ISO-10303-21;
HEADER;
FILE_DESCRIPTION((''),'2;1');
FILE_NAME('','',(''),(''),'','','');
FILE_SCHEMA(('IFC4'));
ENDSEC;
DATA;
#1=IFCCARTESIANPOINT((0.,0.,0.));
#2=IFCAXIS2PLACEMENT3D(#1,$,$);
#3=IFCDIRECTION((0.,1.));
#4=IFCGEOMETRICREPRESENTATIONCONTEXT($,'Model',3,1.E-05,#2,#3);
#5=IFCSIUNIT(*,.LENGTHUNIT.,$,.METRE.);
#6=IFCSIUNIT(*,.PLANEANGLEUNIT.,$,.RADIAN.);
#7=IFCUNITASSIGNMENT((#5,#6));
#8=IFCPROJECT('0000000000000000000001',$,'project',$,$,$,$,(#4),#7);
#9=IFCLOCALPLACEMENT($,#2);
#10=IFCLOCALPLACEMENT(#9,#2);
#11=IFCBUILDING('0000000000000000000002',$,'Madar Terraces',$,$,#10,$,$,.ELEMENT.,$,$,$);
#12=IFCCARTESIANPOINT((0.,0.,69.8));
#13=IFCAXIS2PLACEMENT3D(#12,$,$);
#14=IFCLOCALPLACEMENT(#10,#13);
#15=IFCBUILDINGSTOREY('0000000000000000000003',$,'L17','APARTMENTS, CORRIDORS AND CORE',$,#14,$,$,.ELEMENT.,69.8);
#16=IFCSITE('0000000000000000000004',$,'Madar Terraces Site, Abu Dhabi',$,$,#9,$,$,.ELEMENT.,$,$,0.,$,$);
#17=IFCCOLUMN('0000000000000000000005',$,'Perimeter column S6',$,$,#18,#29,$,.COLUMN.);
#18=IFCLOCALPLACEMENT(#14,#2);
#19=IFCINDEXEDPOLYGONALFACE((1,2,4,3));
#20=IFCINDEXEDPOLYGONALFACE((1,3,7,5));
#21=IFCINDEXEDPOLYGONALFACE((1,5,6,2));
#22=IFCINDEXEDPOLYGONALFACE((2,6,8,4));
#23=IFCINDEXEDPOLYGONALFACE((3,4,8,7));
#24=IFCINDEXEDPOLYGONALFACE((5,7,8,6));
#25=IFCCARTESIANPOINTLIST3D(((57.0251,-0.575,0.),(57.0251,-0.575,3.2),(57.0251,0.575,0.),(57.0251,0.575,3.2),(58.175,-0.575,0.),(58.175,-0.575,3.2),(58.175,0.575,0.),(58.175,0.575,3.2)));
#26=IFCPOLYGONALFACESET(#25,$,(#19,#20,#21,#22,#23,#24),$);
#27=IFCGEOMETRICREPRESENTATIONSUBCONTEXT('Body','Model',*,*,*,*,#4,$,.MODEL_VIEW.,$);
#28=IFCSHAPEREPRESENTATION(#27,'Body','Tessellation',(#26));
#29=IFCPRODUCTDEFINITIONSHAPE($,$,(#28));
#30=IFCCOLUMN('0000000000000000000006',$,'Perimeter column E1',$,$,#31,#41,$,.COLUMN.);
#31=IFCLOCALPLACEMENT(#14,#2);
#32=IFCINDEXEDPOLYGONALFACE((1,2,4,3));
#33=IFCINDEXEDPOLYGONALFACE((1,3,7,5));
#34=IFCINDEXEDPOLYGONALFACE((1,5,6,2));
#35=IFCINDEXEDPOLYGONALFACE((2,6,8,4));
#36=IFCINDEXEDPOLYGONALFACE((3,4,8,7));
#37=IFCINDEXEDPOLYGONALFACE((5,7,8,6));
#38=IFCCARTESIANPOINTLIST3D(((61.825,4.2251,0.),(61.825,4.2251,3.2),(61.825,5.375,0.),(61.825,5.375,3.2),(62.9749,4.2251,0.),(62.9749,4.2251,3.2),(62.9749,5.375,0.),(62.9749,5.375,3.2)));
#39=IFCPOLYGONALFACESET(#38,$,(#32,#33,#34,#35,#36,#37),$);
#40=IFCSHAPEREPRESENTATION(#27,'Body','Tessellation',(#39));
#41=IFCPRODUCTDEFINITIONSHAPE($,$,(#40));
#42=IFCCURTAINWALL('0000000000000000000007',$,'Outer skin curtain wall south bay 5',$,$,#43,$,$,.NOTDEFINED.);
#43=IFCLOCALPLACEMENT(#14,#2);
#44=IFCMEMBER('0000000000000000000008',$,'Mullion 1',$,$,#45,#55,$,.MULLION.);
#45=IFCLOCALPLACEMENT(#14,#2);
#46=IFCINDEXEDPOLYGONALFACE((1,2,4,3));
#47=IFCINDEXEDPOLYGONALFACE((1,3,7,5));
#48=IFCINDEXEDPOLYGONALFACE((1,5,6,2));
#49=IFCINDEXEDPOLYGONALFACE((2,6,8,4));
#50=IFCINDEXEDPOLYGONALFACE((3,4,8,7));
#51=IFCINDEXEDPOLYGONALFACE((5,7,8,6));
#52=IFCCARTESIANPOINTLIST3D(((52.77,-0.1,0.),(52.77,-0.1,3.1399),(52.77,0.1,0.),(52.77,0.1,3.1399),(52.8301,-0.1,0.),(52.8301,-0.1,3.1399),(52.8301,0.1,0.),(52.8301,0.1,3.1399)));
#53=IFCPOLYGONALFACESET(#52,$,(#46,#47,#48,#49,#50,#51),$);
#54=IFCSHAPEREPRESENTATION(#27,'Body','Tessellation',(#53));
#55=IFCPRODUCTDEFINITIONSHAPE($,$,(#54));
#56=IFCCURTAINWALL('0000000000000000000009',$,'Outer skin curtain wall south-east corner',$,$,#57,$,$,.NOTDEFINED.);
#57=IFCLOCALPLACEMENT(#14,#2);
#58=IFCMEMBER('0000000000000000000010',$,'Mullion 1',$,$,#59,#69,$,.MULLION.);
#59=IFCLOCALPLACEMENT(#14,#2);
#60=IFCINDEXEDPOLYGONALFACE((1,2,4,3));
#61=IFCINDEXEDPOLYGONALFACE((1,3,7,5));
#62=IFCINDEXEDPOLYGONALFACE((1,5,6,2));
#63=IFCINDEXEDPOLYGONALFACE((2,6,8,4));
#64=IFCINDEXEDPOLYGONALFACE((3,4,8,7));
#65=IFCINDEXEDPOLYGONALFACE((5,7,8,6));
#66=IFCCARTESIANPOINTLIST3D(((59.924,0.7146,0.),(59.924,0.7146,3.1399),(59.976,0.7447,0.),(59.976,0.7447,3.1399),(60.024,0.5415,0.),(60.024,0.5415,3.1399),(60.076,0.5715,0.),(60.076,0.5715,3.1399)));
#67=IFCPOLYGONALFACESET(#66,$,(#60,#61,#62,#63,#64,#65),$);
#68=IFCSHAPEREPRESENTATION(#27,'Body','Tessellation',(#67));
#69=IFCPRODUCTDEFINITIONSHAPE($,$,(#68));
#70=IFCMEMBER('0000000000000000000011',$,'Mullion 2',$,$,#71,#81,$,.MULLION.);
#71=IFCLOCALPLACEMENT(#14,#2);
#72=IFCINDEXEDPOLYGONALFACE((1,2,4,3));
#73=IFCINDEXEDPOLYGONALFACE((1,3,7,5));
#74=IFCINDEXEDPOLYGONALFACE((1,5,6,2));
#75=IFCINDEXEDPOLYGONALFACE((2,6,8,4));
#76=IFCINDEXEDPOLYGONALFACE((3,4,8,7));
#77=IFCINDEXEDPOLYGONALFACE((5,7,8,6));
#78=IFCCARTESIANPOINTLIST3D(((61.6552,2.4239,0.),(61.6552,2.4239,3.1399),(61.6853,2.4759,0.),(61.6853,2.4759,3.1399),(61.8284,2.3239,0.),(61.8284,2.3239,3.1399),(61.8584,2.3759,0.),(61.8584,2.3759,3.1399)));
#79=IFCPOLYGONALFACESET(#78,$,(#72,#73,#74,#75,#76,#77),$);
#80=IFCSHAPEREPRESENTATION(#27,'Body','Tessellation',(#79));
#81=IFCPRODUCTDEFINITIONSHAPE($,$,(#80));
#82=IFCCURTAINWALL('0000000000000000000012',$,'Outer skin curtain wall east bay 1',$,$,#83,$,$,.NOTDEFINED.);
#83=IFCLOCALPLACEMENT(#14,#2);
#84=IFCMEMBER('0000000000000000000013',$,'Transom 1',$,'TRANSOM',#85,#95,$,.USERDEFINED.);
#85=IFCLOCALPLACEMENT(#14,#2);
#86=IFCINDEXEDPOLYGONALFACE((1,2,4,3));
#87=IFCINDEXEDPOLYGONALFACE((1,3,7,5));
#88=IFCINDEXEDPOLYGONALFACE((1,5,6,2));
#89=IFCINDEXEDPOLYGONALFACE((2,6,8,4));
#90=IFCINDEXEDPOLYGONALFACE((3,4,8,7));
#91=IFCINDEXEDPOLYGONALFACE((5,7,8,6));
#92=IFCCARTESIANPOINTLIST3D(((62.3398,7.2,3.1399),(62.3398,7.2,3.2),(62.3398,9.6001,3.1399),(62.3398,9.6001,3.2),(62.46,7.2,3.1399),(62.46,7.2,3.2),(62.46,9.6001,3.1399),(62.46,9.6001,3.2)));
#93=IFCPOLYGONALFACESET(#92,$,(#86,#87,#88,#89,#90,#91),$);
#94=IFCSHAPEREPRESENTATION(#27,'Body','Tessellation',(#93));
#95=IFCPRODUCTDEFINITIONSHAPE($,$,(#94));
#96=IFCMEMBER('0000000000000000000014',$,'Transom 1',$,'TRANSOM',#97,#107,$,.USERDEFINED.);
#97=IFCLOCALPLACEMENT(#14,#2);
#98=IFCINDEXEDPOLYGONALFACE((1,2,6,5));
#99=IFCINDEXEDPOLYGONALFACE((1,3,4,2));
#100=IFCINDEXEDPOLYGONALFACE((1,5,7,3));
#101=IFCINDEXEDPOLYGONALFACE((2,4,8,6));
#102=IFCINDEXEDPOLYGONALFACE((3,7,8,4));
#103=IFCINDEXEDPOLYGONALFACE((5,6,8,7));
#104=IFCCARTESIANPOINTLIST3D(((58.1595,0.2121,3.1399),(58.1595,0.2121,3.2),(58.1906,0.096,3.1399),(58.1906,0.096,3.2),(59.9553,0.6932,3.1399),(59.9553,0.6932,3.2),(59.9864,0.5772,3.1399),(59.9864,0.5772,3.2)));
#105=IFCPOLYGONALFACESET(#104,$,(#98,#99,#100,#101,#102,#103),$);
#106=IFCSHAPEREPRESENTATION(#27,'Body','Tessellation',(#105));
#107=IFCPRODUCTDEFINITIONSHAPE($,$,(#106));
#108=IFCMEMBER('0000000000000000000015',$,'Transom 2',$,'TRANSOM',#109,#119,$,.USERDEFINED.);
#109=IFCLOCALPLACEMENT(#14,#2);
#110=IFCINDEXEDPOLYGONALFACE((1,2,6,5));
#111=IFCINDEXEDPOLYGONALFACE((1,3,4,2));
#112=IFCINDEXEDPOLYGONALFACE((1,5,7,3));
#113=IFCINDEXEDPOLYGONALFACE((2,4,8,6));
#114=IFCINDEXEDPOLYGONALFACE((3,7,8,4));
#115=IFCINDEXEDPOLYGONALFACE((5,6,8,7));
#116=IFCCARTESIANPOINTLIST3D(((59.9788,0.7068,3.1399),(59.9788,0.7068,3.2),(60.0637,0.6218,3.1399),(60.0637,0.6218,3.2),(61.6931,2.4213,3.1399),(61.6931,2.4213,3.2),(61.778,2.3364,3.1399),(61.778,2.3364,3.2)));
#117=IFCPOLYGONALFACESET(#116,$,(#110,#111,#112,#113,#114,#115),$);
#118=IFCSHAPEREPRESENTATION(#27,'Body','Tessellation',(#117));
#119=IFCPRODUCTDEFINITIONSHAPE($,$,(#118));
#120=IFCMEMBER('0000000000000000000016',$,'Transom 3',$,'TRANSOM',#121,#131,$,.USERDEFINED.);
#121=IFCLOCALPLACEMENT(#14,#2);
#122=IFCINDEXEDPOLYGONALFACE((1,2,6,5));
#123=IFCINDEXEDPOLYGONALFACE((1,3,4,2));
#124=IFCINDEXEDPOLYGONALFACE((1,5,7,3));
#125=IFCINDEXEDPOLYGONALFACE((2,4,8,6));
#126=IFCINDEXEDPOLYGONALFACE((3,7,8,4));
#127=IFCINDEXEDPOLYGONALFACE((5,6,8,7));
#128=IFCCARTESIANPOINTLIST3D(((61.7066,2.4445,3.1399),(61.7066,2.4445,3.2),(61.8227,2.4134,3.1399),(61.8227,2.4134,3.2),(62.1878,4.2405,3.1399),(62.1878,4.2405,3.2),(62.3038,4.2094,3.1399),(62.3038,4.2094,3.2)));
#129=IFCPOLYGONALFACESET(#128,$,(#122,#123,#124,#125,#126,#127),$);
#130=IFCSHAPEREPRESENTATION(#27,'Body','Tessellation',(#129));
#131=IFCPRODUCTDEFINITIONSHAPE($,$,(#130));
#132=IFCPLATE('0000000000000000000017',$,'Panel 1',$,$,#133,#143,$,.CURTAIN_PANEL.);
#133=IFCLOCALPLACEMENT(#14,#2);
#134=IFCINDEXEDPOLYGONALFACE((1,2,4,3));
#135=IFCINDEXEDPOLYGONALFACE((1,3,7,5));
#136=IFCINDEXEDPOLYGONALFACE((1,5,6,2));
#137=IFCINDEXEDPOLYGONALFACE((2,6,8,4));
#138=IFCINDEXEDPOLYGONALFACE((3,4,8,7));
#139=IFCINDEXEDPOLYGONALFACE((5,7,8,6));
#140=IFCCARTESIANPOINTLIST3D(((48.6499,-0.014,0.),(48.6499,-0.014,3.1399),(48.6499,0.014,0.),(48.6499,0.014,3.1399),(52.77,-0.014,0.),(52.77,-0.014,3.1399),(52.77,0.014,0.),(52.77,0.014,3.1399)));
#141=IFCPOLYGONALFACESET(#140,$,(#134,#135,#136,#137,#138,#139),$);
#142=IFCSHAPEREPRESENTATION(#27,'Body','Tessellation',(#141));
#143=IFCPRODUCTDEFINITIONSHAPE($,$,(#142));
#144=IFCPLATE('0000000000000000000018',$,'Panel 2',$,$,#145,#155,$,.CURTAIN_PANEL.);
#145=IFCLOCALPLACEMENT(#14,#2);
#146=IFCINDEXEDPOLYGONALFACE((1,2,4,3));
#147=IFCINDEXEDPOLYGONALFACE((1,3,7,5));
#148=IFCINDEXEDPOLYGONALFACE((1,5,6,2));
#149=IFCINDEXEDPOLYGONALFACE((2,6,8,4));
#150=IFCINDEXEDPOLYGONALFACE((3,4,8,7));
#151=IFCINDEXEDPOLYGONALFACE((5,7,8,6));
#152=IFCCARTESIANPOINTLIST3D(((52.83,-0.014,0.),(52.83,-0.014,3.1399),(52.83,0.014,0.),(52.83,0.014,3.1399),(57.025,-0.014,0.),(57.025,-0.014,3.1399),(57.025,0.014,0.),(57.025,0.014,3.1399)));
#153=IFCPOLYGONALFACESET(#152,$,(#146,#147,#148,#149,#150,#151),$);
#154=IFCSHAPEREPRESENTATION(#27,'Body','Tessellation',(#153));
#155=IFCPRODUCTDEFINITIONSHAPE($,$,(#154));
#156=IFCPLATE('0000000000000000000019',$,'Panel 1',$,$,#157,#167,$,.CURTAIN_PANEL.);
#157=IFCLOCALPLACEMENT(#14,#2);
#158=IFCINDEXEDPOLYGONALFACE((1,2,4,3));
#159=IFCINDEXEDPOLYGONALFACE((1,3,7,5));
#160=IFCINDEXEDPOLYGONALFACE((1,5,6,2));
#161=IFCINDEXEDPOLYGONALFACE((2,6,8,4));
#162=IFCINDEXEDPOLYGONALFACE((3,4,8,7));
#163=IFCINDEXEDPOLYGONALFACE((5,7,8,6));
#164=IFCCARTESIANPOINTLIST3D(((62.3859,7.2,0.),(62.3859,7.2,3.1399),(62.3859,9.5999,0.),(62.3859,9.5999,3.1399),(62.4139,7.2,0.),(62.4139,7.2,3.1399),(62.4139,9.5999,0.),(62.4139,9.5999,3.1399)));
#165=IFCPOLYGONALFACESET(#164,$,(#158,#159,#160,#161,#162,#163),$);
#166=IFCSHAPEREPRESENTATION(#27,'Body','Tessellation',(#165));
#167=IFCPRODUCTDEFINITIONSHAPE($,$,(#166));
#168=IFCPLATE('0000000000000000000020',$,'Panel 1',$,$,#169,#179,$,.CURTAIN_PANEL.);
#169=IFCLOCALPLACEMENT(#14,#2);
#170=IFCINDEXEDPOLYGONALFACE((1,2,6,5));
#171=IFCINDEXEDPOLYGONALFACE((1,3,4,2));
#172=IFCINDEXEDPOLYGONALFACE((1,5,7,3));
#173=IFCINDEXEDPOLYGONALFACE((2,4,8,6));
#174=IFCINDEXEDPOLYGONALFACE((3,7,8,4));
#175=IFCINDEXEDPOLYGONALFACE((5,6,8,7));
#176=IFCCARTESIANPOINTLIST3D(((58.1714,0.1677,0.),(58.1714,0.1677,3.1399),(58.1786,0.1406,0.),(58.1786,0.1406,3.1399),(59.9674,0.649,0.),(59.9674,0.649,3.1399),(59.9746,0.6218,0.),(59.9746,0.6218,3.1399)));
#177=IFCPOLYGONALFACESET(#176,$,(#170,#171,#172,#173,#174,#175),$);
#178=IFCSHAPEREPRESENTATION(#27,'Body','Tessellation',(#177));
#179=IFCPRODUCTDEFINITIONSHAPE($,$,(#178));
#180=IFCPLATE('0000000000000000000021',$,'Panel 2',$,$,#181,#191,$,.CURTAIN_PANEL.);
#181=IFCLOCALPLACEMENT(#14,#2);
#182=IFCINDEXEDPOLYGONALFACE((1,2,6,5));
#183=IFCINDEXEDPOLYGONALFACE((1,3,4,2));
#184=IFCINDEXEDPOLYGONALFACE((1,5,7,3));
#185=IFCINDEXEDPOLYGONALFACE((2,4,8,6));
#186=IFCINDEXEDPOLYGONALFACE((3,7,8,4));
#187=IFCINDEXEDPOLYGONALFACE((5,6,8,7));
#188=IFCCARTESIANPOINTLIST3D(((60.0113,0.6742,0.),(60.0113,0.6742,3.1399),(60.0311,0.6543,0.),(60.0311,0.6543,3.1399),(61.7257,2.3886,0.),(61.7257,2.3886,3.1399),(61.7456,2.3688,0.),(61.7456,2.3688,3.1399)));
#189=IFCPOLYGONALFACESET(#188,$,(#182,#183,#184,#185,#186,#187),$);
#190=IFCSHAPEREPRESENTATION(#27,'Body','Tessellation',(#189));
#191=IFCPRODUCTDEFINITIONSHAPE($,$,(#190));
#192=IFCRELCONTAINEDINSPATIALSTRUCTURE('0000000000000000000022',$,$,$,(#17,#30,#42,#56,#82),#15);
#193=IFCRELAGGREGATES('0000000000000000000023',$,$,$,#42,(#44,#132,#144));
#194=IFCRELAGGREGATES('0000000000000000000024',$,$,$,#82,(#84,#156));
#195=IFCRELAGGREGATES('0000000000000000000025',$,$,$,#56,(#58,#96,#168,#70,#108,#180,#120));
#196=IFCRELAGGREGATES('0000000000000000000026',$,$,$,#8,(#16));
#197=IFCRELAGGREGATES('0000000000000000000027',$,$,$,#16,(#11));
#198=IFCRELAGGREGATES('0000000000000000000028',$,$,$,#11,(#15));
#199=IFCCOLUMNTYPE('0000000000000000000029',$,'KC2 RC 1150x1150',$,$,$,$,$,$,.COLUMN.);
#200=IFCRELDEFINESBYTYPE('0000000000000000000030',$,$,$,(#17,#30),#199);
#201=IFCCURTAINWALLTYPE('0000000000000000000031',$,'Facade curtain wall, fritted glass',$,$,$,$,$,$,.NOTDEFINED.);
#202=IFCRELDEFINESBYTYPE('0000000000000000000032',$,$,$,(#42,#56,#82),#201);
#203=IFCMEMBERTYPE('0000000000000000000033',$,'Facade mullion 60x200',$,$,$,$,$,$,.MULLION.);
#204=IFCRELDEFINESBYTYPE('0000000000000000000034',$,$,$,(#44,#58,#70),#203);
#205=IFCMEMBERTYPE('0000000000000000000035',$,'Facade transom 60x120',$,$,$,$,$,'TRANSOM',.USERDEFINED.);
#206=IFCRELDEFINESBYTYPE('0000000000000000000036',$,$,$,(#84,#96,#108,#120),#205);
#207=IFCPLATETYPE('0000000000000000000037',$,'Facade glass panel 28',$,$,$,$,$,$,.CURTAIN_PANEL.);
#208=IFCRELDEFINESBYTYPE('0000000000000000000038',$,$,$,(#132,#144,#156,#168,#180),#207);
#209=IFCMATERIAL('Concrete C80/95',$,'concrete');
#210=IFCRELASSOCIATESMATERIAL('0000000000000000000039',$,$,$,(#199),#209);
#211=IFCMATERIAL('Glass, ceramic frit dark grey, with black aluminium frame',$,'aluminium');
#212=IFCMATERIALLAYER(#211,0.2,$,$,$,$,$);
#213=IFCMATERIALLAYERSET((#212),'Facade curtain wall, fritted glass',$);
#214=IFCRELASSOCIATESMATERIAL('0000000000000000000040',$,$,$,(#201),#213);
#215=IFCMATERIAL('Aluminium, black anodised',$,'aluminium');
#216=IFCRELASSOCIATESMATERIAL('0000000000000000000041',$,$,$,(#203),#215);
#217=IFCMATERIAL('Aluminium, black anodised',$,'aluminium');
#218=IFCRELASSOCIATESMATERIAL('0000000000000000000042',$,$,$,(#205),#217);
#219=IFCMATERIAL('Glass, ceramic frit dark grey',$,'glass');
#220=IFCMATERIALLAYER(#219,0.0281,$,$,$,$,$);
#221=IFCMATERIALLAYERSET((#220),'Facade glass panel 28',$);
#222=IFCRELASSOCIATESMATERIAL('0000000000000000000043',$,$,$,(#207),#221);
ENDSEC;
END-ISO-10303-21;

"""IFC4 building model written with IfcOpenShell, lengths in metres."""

from ifc_helpers import new_model, si_unit, direction, frame, origin, origin_2d, place, context, subcontext, project, spatial, rectangle, extrude, material, layer, layer_set, material_profile, profile_set, type_object, element, aggregate, save


model = new_model("IFC4")

# Units and contexts
model_context = context("Model", 3, precision=1e-05, world=origin(), true_north=direction((0.0, 1.0)))
body_context = subcontext(model_context, "Body", "Model", "MODEL_VIEW")
ifc_project = project(units=[si_unit("LENGTHUNIT", "METRE"), si_unit("PLANEANGLEUNIT", "RADIAN")], contexts=[model_context])

# Site, building, storey
site_placement = place(None, origin())
site = spatial("IfcSite", under=ifc_project, at=site_placement, Name="Madar Terraces Site, Abu Dhabi", CompositionType="ELEMENT", RefElevation=0.0)
building_placement = place(site_placement, origin())
building = spatial("IfcBuilding", under=site, at=building_placement, Name="Madar Terraces", CompositionType="ELEMENT")
storey_placement = place(building_placement, frame((0.0, 0.0, 69.8)))
storey = spatial("IfcBuildingStorey", under=building, at=storey_placement, Name="L17", Description="APARTMENTS, CORRIDORS AND CORE", CompositionType="ELEMENT", Elevation=69.8)

# Columns
ifc_material_1 = material(Name="Concrete C80/95", Category="concrete")
ifc_material_profile_1 = material_profile(ifc_material_1, rectangle(XDim=1.1499, YDim=1.1499, at=origin_2d()), Name="KC2 RC 1150x1150")
ifc_profile_set_1 = profile_set([ifc_material_profile_1], Name="Concrete C80/95")
column_type = type_object("IfcColumnType", Name="KC2 RC 1150x1150", PredefinedType="COLUMN", material=ifc_profile_set_1)
for number, where, z_axis, x_axis, name in (
    (1, (57.6001, 0.0, 0.0), (0.0, 0.0, 1.0), (1.0, 0.0, 0.0), "Perimeter column S6"),
    (2, (62.3999, 4.8, 0.0), (0.0, 0.0, 1.0), (1.0, 0.0, 0.0), "Perimeter column E1"),
):
    element("IfcColumn", number, at=place(storey_placement, frame(where, z_axis=z_axis, x_axis=x_axis)), inside=storey, type_object=column_type, Name=name, PredefinedType="COLUMN", context=body_context, shape_type="SweptSolid", body=[
        extrude(rectangle(XDim=1.1499, YDim=1.1499, at=origin_2d()), origin(), (0.0, 0.0, 1.0), 3.2),
    ])

# Curtain wall, member
ifc_material_2 = material(Name="Glass, ceramic frit dark grey, with black aluminium frame", Category="aluminium")
ifc_layer_1 = layer(ifc_material_2, 0.2)
ifc_layer_set_1 = layer_set([ifc_layer_1], Name="Facade curtain wall, fritted glass")
curtain_wall_type = type_object("IfcCurtainWallType", Name="Facade curtain wall, fritted glass", PredefinedType="NOTDEFINED", material=ifc_layer_set_1)
curtain_wall_1_placement = place(storey_placement, origin())
curtain_wall_1 = element("IfcCurtainWall", 3, at=curtain_wall_1_placement, inside=storey, type_object=curtain_wall_type, Name="Outer skin curtain wall south bay 5", PredefinedType="NOTDEFINED")
ifc_material_3 = material(Name="Aluminium, black anodised", Category="aluminium")
ifc_material_profile_2 = material_profile(ifc_material_3, rectangle(XDim=0.2, YDim=0.0601, at=origin_2d()), Name="Facade mullion 60x200")
ifc_profile_set_2 = profile_set([ifc_material_profile_2], Name="Aluminium, black anodised")
member_type_1 = type_object("IfcMemberType", Name="Facade mullion 60x200", PredefinedType="MULLION", material=ifc_profile_set_2)
member_1_placement = place(storey_placement, frame((52.8, 0.0, 0.0), z_axis=(0.0, 0.0, 1.0), x_axis=(0.0, 1.0, 0.0)))
member_1 = element("IfcMember", 4, at=member_1_placement, type_object=member_type_1, Name="Mullion 1", PredefinedType="MULLION", context=body_context, shape_type="SweptSolid", body=[
    extrude(rectangle(XDim=0.2, YDim=0.0601, at=origin_2d()), origin(), (0.0, 0.0, 1.0), 3.1399),
])

# Curtain wall, members
curtain_wall_2_placement = place(storey_placement, origin())
curtain_wall_2 = element("IfcCurtainWall", 5, at=curtain_wall_2_placement, inside=storey, type_object=curtain_wall_type, Name="Outer skin curtain wall south-east corner", PredefinedType="NOTDEFINED")
member_2_placement = place(storey_placement, frame((60.0, 0.6431, 0.0), z_axis=(0.0, 0.0, 1.0), x_axis=(-0.5, 0.866025, 0.0)))
member_2 = element("IfcMember", 6, at=member_2_placement, type_object=member_type_1, Name="Mullion 1", PredefinedType="MULLION", context=body_context, shape_type="SweptSolid", body=[
    extrude(rectangle(XDim=0.2, YDim=0.0601, at=origin_2d()), origin(), (0.0, 0.0, 1.0), 3.1399),
])
member_3_placement = place(storey_placement, frame((61.7568, 2.3999, 0.0), z_axis=(0.0, 0.0, 1.0), x_axis=(-0.866025, 0.5, 0.0)))
member_3 = element("IfcMember", 7, at=member_3_placement, type_object=member_type_1, Name="Mullion 2", PredefinedType="MULLION", context=body_context, shape_type="SweptSolid", body=[
    extrude(rectangle(XDim=0.2, YDim=0.0601, at=origin_2d()), origin(), (0.0, 0.0, 1.0), 3.1399),
])

# Curtain wall, member
curtain_wall_3_placement = place(storey_placement, origin())
curtain_wall_3 = element("IfcCurtainWall", 8, at=curtain_wall_3_placement, inside=storey, type_object=curtain_wall_type, Name="Outer skin curtain wall east bay 1", PredefinedType="NOTDEFINED")
ifc_material_4 = material(Name="Aluminium, black anodised", Category="aluminium")
ifc_material_profile_3 = material_profile(ifc_material_4, rectangle(XDim=0.1201, YDim=0.0601, at=origin_2d()), Name="Facade transom 60x120")
ifc_profile_set_3 = profile_set([ifc_material_profile_3], Name="Aluminium, black anodised")
member_type_2 = type_object("IfcMemberType", Name="Facade transom 60x120", ElementType="TRANSOM", PredefinedType="USERDEFINED", material=ifc_profile_set_3)
member_4_placement = place(storey_placement, frame((62.3999, 7.2, 3.1699), z_axis=(0.0, 1.0, 0.0), x_axis=(-1.0, 0.0, 0.0)))
member_4 = element("IfcMember", 9, at=member_4_placement, type_object=member_type_2, Name="Transom 1", ObjectType="TRANSOM", PredefinedType="USERDEFINED", context=body_context, shape_type="SweptSolid", body=[
    extrude(rectangle(XDim=0.1201, YDim=0.0601, at=origin_2d()), origin(), (0.0, 0.0, 1.0), 2.4001),
])

# Members
member_5_placement = place(storey_placement, frame((58.175, 0.1541, 3.1699), z_axis=(0.965927, 0.258815, 0.0), x_axis=(-0.258815, 0.965927, 0.0)))
member_5 = element("IfcMember", 10, at=member_5_placement, type_object=member_type_2, Name="Transom 1", ObjectType="TRANSOM", PredefinedType="USERDEFINED", context=body_context, shape_type="SweptSolid", body=[
    extrude(rectangle(XDim=0.1201, YDim=0.0601, at=origin_2d()), origin(), (0.0, 0.0, 1.0), 1.8591),
])
member_6_placement = place(storey_placement, frame((60.0212, 0.6643, 3.1699), z_axis=(0.707056, 0.707157, 0.0), x_axis=(-0.707157, 0.707056, 0.0)))
member_6 = element("IfcMember", 11, at=member_6_placement, type_object=member_type_2, Name="Transom 2", ObjectType="TRANSOM", PredefinedType="USERDEFINED", context=body_context, shape_type="SweptSolid", body=[
    extrude(rectangle(XDim=0.1201, YDim=0.0601, at=origin_2d()), origin(), (0.0, 0.0, 1.0), 2.4246),
])
member_7_placement = place(storey_placement, frame((61.7646, 2.429, 3.1699), z_axis=(0.258782, 0.965936, 0.0), x_axis=(-0.965936, 0.258782, 0.0)))
member_7 = element("IfcMember", 12, at=member_7_placement, type_object=member_type_2, Name="Transom 3", ObjectType="TRANSOM", PredefinedType="USERDEFINED", context=body_context, shape_type="SweptSolid", body=[
    extrude(rectangle(XDim=0.1201, YDim=0.0601, at=origin_2d()), origin(), (0.0, 0.0, 1.0), 1.8594),
])

# Plates
ifc_material_5 = material(Name="Glass, ceramic frit dark grey", Category="glass")
ifc_layer_2 = layer(ifc_material_5, 0.0281)
ifc_layer_set_2 = layer_set([ifc_layer_2], Name="Facade glass panel 28")
plate_type = type_object("IfcPlateType", Name="Facade glass panel 28", PredefinedType="CURTAIN_PANEL", material=ifc_layer_set_2)
plate_1_placement = place(storey_placement, frame((50.71, 0.0, 0.0), z_axis=(0.0, 0.0, 1.0), x_axis=(1.0, 0.0, 0.0)))
plate_1 = element("IfcPlate", 13, at=plate_1_placement, type_object=plate_type, Name="Panel 1", PredefinedType="CURTAIN_PANEL", context=body_context, shape_type="SweptSolid", body=[
    extrude(rectangle(XDim=4.1201, YDim=0.0281, at=origin_2d()), origin(), (0.0, 0.0, 1.0), 3.1399),
])
plate_2_placement = place(storey_placement, frame((54.9275, 0.0, 0.0), z_axis=(0.0, 0.0, 1.0), x_axis=(1.0, 0.0, 0.0)))
plate_2 = element("IfcPlate", 14, at=plate_2_placement, type_object=plate_type, Name="Panel 2", PredefinedType="CURTAIN_PANEL", context=body_context, shape_type="SweptSolid", body=[
    extrude(rectangle(XDim=4.1951, YDim=0.0281, at=origin_2d()), origin(), (0.0, 0.0, 1.0), 3.1399),
])
aggregate(curtain_wall_1, [member_1, plate_1, plate_2])
plate_3_placement = place(storey_placement, frame((62.3999, 8.3999, 0.0), z_axis=(0.0, 0.0, 1.0), x_axis=(0.0, 1.0, 0.0)))
plate_3 = element("IfcPlate", 15, at=plate_3_placement, type_object=plate_type, Name="Panel 1", PredefinedType="CURTAIN_PANEL", context=body_context, shape_type="SweptSolid", body=[
    extrude(rectangle(XDim=2.3999, YDim=0.0281, at=origin_2d()), origin(), (0.0, 0.0, 1.0), 3.1399),
])
aggregate(curtain_wall_3, [member_4, plate_3])
plate_4_placement = place(storey_placement, frame((59.073, 0.3948, 0.0), z_axis=(0.0, 0.0, 1.0), x_axis=(0.965926, 0.258819, 0.0)))
plate_4 = element("IfcPlate", 16, at=plate_4_placement, type_object=plate_type, Name="Panel 1", PredefinedType="CURTAIN_PANEL", context=body_context, shape_type="SweptSolid", body=[
    extrude(rectangle(XDim=1.8594, YDim=0.0281, at=origin_2d()), origin(), (0.0, 0.0, 1.0), 3.1399),
])
plate_5_placement = place(storey_placement, frame((60.8784, 1.5215, 0.0), z_axis=(0.0, 0.0, 1.0), x_axis=(0.707107, 0.707107, 0.0)))
plate_5 = element("IfcPlate", 17, at=plate_5_placement, type_object=plate_type, Name="Panel 2", PredefinedType="CURTAIN_PANEL", context=body_context, shape_type="SweptSolid", body=[
    extrude(rectangle(XDim=2.4246, YDim=0.0281, at=origin_2d()), origin(), (0.0, 0.0, 1.0), 3.1399),
])
aggregate(curtain_wall_2, [member_2, member_5, plate_4, member_3, member_6, plate_5, member_7])

save(model, "model.ifc")
